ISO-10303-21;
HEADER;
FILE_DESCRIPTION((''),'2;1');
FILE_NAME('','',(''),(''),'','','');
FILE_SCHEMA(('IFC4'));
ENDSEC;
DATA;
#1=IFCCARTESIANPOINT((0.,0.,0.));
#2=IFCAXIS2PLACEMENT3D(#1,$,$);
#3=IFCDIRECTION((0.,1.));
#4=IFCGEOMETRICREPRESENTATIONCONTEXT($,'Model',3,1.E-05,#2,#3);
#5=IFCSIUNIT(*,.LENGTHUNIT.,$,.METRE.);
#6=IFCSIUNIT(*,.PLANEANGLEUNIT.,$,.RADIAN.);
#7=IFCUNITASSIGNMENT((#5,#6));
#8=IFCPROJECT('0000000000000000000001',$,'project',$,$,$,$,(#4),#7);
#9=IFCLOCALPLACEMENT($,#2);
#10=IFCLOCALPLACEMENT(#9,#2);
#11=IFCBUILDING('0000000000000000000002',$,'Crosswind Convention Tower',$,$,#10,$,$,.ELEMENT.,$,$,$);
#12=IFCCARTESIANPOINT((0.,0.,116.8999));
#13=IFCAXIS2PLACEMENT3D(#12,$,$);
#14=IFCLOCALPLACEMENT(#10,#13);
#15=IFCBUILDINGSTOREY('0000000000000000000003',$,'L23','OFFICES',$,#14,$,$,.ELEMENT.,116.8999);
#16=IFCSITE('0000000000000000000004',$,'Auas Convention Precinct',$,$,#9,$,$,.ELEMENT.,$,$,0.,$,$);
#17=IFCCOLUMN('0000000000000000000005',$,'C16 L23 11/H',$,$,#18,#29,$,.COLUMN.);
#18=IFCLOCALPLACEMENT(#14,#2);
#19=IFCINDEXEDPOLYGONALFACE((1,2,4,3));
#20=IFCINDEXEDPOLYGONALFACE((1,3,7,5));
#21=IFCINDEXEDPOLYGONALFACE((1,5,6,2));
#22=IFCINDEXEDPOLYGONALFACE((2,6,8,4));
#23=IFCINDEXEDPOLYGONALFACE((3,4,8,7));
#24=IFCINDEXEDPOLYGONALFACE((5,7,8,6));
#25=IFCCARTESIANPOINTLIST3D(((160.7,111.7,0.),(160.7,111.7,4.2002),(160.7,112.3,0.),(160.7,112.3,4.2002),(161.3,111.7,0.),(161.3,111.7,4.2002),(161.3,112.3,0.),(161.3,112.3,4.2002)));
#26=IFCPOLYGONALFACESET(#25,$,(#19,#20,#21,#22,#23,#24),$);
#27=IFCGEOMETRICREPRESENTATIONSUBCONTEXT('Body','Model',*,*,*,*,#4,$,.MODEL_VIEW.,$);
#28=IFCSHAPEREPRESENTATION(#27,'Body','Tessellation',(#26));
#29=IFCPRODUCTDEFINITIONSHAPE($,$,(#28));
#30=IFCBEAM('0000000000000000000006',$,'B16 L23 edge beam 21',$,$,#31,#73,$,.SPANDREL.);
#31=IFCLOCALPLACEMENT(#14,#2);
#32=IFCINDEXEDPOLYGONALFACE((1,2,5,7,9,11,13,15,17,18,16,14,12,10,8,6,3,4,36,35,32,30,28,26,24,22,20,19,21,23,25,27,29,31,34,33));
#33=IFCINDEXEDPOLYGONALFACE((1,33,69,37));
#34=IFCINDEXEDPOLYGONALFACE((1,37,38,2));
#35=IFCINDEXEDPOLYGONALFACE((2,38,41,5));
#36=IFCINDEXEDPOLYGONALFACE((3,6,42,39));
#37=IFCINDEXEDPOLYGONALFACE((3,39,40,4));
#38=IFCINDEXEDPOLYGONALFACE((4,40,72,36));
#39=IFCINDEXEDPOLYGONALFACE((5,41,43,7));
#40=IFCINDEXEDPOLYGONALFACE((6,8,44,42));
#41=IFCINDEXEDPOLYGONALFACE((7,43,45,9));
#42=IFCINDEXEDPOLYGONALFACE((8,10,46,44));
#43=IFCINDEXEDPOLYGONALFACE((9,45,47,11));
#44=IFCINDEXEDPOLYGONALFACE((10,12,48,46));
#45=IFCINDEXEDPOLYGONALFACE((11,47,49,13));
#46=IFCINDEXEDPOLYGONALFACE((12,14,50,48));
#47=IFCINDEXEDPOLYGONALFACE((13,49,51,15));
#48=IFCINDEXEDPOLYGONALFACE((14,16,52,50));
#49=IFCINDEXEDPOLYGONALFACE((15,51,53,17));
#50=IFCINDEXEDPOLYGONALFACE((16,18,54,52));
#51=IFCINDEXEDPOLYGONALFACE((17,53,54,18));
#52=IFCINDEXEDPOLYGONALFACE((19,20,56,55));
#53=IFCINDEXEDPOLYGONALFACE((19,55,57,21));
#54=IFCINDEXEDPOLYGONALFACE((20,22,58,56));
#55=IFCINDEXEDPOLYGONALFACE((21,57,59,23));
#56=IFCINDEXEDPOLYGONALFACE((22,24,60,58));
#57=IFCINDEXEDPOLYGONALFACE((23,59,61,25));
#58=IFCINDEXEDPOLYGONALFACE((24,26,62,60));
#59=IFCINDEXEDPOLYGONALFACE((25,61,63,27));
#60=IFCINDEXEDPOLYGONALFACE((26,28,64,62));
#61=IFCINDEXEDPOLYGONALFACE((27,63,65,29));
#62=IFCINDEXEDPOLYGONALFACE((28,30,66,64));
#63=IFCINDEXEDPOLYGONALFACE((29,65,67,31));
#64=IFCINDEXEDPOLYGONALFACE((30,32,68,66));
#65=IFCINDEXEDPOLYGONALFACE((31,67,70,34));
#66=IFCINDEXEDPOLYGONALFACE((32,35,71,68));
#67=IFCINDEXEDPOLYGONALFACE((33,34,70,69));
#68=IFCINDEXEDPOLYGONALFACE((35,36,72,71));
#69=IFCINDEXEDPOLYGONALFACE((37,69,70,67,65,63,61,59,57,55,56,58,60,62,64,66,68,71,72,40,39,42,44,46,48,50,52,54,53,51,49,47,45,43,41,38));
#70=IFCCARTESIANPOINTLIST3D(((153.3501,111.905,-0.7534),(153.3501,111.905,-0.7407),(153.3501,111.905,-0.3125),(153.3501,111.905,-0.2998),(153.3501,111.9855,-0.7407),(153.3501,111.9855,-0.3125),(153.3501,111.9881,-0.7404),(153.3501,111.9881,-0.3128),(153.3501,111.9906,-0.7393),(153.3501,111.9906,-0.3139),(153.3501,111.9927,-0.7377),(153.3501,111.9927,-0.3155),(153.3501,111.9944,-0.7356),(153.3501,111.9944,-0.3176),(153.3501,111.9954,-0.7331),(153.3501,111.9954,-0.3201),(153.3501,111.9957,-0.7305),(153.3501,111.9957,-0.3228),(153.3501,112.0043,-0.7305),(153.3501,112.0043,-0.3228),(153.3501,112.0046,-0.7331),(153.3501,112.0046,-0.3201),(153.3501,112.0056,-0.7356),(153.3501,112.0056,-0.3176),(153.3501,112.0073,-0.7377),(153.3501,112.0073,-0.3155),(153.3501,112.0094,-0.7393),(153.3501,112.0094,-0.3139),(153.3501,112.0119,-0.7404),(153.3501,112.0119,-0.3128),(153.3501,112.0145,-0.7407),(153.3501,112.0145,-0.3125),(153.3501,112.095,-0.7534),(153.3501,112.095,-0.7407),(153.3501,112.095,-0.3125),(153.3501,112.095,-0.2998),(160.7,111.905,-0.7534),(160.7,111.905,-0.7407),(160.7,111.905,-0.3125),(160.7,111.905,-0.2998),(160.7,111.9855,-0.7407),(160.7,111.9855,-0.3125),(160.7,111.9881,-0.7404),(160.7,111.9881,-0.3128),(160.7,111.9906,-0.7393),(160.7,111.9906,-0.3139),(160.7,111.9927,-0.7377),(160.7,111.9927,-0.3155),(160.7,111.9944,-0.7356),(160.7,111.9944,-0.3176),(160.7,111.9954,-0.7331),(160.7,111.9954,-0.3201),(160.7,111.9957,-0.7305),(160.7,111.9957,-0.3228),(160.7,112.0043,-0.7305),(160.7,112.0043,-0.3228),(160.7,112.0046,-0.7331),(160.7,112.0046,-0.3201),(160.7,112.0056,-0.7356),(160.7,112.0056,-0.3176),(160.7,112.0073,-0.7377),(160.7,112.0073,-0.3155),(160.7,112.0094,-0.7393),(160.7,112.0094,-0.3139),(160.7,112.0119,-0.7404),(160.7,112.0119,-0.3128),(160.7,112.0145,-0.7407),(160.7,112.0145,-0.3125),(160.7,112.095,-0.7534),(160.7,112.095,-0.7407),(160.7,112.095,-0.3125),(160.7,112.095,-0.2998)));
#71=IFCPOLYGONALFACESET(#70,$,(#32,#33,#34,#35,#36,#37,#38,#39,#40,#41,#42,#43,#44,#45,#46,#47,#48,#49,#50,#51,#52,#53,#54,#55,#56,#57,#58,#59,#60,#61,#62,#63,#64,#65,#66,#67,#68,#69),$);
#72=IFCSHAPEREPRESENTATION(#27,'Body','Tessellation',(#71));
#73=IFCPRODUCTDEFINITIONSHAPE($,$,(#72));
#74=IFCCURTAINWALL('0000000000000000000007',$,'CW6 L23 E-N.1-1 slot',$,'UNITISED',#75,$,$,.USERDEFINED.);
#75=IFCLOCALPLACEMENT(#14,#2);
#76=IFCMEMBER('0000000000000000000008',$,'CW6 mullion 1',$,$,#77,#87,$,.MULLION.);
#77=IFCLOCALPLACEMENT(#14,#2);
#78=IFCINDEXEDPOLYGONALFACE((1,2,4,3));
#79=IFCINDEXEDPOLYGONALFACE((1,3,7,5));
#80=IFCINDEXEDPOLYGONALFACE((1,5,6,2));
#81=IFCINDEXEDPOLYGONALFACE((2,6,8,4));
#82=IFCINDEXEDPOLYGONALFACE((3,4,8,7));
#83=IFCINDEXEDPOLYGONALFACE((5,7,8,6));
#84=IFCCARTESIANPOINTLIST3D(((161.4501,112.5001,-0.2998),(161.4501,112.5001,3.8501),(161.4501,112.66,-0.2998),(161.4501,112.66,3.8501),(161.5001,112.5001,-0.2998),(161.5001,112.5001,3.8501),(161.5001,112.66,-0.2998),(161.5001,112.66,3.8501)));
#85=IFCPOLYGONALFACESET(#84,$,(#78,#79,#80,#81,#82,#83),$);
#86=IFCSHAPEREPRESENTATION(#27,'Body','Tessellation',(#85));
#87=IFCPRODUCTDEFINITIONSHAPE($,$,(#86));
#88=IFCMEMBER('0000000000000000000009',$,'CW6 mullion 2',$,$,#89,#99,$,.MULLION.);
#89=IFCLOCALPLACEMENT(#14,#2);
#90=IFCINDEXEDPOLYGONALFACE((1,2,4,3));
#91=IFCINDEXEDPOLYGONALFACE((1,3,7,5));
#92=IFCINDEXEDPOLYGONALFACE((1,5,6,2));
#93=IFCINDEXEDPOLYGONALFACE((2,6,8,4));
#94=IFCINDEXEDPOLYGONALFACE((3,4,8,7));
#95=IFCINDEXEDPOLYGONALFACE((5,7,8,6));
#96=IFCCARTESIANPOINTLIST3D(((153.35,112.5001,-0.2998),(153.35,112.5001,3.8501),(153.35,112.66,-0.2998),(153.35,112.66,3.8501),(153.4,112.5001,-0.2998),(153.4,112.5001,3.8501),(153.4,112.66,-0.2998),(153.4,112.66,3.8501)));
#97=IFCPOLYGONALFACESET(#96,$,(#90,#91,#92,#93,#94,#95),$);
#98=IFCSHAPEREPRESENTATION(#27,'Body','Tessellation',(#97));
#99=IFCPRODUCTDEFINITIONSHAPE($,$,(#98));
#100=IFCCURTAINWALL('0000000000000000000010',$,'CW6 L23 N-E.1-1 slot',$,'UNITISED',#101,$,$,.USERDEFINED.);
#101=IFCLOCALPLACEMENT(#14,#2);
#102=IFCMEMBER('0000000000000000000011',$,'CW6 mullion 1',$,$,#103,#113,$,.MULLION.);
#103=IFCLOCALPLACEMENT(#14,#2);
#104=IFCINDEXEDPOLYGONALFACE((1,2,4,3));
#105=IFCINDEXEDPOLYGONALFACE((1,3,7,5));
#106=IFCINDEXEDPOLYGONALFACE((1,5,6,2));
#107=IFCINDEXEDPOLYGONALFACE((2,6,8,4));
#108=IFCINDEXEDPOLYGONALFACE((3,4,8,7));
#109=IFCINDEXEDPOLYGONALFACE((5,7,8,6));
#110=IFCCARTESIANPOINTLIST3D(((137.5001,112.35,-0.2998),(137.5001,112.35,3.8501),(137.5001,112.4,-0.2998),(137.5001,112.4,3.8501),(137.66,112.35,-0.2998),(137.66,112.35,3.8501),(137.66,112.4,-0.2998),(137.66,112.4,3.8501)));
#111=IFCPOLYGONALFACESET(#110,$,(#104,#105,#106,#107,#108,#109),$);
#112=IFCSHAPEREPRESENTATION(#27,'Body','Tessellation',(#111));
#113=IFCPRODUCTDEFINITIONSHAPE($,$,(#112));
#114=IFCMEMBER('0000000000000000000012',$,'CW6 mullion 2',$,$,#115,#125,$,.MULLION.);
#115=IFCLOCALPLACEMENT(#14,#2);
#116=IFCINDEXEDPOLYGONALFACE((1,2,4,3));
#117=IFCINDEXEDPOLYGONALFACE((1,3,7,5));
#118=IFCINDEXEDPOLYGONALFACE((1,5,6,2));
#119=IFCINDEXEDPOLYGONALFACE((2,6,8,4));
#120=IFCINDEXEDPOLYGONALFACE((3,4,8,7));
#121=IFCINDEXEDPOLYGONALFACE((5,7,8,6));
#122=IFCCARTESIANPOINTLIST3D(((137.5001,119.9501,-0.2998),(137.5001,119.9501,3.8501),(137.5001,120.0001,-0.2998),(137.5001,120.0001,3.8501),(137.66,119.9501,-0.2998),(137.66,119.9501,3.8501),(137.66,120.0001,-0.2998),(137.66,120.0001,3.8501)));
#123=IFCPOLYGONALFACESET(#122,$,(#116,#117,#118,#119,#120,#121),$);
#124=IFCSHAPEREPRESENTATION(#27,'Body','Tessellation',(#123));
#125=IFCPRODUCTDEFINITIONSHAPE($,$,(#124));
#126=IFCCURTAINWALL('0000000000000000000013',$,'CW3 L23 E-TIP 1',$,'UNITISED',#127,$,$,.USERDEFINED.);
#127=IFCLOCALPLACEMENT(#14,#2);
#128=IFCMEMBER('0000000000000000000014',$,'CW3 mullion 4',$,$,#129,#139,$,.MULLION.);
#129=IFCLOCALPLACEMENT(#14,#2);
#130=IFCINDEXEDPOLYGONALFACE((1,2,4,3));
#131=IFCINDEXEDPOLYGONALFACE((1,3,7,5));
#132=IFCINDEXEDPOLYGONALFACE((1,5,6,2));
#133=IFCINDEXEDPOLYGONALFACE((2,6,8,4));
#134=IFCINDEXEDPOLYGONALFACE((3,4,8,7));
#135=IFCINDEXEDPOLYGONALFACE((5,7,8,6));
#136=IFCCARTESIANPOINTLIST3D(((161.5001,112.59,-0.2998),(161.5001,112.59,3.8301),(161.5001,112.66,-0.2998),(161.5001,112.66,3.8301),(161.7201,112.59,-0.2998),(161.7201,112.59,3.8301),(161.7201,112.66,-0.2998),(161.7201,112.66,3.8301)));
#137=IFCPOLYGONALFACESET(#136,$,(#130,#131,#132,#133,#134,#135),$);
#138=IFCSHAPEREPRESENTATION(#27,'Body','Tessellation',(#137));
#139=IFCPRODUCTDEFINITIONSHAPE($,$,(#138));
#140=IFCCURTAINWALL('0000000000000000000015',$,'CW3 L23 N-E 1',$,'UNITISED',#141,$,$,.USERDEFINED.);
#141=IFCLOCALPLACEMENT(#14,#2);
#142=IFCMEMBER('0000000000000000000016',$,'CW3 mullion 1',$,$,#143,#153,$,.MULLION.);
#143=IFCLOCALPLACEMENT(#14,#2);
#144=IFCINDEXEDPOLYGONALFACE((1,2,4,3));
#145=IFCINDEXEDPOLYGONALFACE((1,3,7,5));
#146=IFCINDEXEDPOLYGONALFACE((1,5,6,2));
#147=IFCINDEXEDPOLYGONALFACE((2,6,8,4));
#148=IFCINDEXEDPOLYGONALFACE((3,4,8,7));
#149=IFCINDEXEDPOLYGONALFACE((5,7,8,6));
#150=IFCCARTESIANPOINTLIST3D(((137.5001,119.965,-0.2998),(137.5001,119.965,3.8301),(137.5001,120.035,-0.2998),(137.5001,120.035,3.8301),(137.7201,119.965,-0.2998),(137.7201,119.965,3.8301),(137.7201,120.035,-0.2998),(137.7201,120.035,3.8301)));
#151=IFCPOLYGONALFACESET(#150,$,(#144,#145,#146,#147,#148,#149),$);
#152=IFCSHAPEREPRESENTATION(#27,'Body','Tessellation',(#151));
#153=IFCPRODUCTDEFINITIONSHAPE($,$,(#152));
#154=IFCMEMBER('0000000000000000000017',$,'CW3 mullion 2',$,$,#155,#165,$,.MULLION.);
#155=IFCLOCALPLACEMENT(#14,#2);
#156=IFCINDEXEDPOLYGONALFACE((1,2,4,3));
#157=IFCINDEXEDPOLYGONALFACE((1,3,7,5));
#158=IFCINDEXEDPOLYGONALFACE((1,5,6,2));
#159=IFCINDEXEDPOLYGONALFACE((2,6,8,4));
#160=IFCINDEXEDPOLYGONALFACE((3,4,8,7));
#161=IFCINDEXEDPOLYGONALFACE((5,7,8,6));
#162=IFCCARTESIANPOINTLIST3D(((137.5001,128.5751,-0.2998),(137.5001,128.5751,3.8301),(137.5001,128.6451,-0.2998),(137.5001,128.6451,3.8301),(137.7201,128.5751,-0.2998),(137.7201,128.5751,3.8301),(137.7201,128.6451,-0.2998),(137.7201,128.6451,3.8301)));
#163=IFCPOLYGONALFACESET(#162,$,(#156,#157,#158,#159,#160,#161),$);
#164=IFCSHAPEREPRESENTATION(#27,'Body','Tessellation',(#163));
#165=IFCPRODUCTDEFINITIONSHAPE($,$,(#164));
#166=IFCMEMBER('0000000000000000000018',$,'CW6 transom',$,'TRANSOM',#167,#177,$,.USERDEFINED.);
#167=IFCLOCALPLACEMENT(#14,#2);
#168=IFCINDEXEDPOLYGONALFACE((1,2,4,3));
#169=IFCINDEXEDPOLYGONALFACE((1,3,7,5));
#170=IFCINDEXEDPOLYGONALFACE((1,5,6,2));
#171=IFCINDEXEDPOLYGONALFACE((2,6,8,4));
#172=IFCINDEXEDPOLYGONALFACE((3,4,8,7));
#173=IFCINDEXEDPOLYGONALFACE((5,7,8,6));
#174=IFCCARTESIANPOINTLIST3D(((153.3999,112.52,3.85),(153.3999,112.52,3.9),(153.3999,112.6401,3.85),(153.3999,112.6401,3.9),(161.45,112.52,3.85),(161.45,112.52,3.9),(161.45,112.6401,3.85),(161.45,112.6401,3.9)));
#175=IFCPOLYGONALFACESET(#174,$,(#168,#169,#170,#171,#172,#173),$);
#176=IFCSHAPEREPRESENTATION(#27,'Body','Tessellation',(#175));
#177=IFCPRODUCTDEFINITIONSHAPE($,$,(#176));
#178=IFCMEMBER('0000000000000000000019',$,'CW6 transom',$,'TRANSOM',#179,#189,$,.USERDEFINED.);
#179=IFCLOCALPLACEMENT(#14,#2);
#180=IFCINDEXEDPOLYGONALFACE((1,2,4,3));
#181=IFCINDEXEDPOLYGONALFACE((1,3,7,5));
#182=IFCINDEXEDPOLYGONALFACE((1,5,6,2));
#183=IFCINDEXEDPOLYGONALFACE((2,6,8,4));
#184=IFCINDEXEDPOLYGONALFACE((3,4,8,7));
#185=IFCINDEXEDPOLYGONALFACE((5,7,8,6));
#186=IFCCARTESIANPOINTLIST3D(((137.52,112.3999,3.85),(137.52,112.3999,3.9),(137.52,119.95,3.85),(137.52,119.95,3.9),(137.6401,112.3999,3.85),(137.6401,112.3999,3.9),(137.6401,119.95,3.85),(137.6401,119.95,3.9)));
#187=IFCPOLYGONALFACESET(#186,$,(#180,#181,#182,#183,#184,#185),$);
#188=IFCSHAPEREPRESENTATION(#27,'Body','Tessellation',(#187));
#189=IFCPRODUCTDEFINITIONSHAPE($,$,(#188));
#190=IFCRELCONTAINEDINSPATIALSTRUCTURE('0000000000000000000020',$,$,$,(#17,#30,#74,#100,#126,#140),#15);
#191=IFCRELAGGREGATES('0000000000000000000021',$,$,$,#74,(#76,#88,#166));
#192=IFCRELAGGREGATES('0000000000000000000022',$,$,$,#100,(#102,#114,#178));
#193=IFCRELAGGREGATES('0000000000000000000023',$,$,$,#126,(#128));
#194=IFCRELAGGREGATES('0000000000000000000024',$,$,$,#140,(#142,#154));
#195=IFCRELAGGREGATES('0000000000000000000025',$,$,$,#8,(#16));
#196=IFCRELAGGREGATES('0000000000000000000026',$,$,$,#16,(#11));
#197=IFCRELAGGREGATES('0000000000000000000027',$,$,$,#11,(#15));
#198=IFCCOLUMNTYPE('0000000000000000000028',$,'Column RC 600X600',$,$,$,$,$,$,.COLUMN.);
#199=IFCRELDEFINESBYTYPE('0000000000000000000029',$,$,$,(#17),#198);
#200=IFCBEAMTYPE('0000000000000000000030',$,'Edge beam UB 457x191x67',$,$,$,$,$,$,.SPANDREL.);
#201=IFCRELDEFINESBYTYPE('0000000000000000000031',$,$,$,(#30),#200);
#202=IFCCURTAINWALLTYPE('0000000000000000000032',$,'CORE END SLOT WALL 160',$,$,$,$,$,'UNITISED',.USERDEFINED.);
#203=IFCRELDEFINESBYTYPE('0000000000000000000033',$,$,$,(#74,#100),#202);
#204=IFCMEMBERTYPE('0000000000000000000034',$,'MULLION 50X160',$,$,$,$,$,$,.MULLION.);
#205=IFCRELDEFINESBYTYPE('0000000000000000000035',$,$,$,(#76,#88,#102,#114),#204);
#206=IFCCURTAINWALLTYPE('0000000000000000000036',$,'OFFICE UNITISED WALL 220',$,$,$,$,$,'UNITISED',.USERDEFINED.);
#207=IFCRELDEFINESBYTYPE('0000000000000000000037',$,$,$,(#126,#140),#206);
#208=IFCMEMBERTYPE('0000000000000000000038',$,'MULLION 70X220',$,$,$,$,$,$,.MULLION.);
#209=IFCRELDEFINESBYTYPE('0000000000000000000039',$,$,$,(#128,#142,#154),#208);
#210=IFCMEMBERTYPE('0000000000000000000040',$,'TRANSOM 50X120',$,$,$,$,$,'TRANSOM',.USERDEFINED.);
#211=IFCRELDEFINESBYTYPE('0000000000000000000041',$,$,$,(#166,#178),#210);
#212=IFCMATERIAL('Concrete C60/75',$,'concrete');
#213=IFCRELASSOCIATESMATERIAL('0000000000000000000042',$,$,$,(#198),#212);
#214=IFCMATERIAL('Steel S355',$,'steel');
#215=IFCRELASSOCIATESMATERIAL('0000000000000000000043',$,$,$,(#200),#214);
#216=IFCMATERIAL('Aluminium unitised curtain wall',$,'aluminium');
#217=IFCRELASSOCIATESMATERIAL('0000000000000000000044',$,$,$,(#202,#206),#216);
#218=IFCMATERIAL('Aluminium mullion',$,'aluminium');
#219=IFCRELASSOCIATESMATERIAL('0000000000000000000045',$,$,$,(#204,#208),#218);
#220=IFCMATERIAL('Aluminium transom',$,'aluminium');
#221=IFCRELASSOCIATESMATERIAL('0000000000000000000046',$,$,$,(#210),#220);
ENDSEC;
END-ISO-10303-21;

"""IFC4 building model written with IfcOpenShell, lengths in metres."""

from ifc_helpers import new_model, si_unit, direction, frame, origin, origin_2d, place, context, subcontext, project, spatial, rectangle, i_section, extrude, material, material_profile, profile_set, type_object, element, aggregate, save


model = new_model("IFC4")

# Units and contexts
model_context = context("Model", 3, precision=1e-05, world=origin(), true_north=direction((0.0, 1.0)))
body_context = subcontext(model_context, "Body", "Model", "MODEL_VIEW")
ifc_project = project(units=[si_unit("LENGTHUNIT", "METRE"), si_unit("PLANEANGLEUNIT", "RADIAN")], contexts=[model_context])

# Site, building, storey
site_placement = place(None, origin())
site = spatial("IfcSite", under=ifc_project, at=site_placement, Name="Auas Convention Precinct", CompositionType="ELEMENT", RefElevation=0.0)
building_placement = place(site_placement, origin())
building = spatial("IfcBuilding", under=site, at=building_placement, Name="Crosswind Convention Tower", CompositionType="ELEMENT")
storey_placement = place(building_placement, frame((0.0, 0.0, 116.8999)))
storey = spatial("IfcBuildingStorey", under=building, at=storey_placement, Name="L23", Description="OFFICES", CompositionType="ELEMENT", Elevation=116.8999)

# Column
ifc_material_1 = material(Name="Concrete C60/75", Category="concrete")
ifc_material_profile_1 = material_profile(ifc_material_1, rectangle(XDim=0.6001, YDim=0.6001, at=origin_2d()), Name="RC 600X600")
ifc_profile_set_1 = profile_set([ifc_material_profile_1], Name="Concrete C60/75")
column_type = type_object("IfcColumnType", Name="Column RC 600X600", PredefinedType="COLUMN", material=ifc_profile_set_1)
column_placement = place(storey_placement, frame((161.0, 112.0, 0.0), z_axis=(0.0, 0.0, 1.0), x_axis=(1.0, 0.0, 0.0)))
element("IfcColumn", 1, at=column_placement, inside=storey, type_object=column_type, Name="C16 L23 11/H", PredefinedType="COLUMN", context=body_context, shape_type="SweptSolid", body=[
    extrude(rectangle(XDim=0.6001, YDim=0.6001, at=origin_2d()), origin(), (0.0, 0.0, 1.0), 4.2002),
])

# Beam
ifc_material_2 = material(Name="Steel S355", Category="steel")
ifc_material_profile_2 = material_profile(ifc_material_2, i_section(OverallWidth=0.1899, OverallDepth=0.4536, WebThickness=0.0085, FlangeThickness=0.0127, FilletRadius=0.0103, at=origin_2d()), Name="UB 457x191x67")
ifc_profile_set_2 = profile_set([ifc_material_profile_2], Name="Steel S355")
beam_type = type_object("IfcBeamType", Name="Edge beam UB 457x191x67", PredefinedType="SPANDREL", material=ifc_profile_set_2)
beam_placement = place(storey_placement, frame((153.3501, 112.0, -0.5266), z_axis=(1.0, 0.0, 0.0), x_axis=(0.0, 1.0, 0.0)))
element("IfcBeam", 2, at=beam_placement, inside=storey, type_object=beam_type, Name="B16 L23 edge beam 21", PredefinedType="SPANDREL", context=body_context, shape_type="SweptSolid", body=[
    extrude(i_section(OverallWidth=0.1899, OverallDepth=0.4536, WebThickness=0.0085, FlangeThickness=0.0127, FilletRadius=0.0103, at=origin_2d()), origin(), (0.0, 0.0, 1.0), 7.3499),
])

# Curtain walls, members
ifc_material_3 = material(Name="Aluminium unitised curtain wall", Category="aluminium")
curtain_wall_type_1 = type_object("IfcCurtainWallType", Name="CORE END SLOT WALL 160", ElementType="UNITISED", PredefinedType="USERDEFINED", material=ifc_material_3)
curtain_wall_1_placement = place(storey_placement, origin())
curtain_wall_1 = element("IfcCurtainWall", 3, at=curtain_wall_1_placement, inside=storey, type_object=curtain_wall_type_1, Name="CW6 L23 E-N.1-1 slot", ObjectType="UNITISED", PredefinedType="USERDEFINED")
ifc_material_4 = material(Name="Aluminium mullion", Category="aluminium")
ifc_material_profile_3 = material_profile(ifc_material_4, rectangle(XDim=0.1599, YDim=0.05, at=origin_2d()), Name="AL 160X50")
ifc_profile_set_3 = profile_set([ifc_material_profile_3], Name="Aluminium mullion")
member_type_1 = type_object("IfcMemberType", Name="MULLION 50X160", PredefinedType="MULLION", material=ifc_profile_set_3)
member_1_placement = place(storey_placement, frame((161.4751, 112.5801, -0.2998), z_axis=(0.0, 0.0, 1.0), x_axis=(0.0, 1.0, 0.0)))
member_1 = element("IfcMember", 4, at=member_1_placement, type_object=member_type_1, Name="CW6 mullion 1", PredefinedType="MULLION", context=body_context, shape_type="SweptSolid", body=[
    extrude(rectangle(XDim=0.1599, YDim=0.05, at=origin_2d()), origin(), (0.0, 0.0, 1.0), 4.1499),
])
member_2_placement = place(storey_placement, frame((153.375, 112.5801, -0.2998), z_axis=(0.0, 0.0, 1.0), x_axis=(0.0, 1.0, 0.0)))
member_2 = element("IfcMember", 5, at=member_2_placement, type_object=member_type_1, Name="CW6 mullion 2", PredefinedType="MULLION", context=body_context, shape_type="SweptSolid", body=[
    extrude(rectangle(XDim=0.1599, YDim=0.05, at=origin_2d()), origin(), (0.0, 0.0, 1.0), 4.1499),
])
curtain_wall_2_placement = place(storey_placement, origin())
curtain_wall_2 = element("IfcCurtainWall", 6, at=curtain_wall_2_placement, inside=storey, type_object=curtain_wall_type_1, Name="CW6 L23 N-E.1-1 slot", ObjectType="UNITISED", PredefinedType="USERDEFINED")
member_3_placement = place(storey_placement, frame((137.5801, 112.375, -0.2998), z_axis=(0.0, 0.0, 1.0), x_axis=(1.0, 0.0, 0.0)))
member_3 = element("IfcMember", 7, at=member_3_placement, type_object=member_type_1, Name="CW6 mullion 1", PredefinedType="MULLION", context=body_context, shape_type="SweptSolid", body=[
    extrude(rectangle(XDim=0.1599, YDim=0.05, at=origin_2d()), origin(), (0.0, 0.0, 1.0), 4.1499),
])
member_4_placement = place(storey_placement, frame((137.5801, 119.9751, -0.2998), z_axis=(0.0, 0.0, 1.0), x_axis=(1.0, 0.0, 0.0)))
member_4 = element("IfcMember", 8, at=member_4_placement, type_object=member_type_1, Name="CW6 mullion 2", PredefinedType="MULLION", context=body_context, shape_type="SweptSolid", body=[
    extrude(rectangle(XDim=0.1599, YDim=0.05, at=origin_2d()), origin(), (0.0, 0.0, 1.0), 4.1499),
])

# Curtain wall, member
curtain_wall_type_2 = type_object("IfcCurtainWallType", Name="OFFICE UNITISED WALL 220", ElementType="UNITISED", PredefinedType="USERDEFINED", material=ifc_material_3)
curtain_wall_3_placement = place(storey_placement, origin())
curtain_wall_3 = element("IfcCurtainWall", 9, at=curtain_wall_3_placement, inside=storey, type_object=curtain_wall_type_2, Name="CW3 L23 E-TIP 1", ObjectType="UNITISED", PredefinedType="USERDEFINED")
ifc_material_profile_4 = material_profile(ifc_material_4, rectangle(XDim=0.22, YDim=0.0701, at=origin_2d()), Name="AL 220X70")
ifc_profile_set_4 = profile_set([ifc_material_profile_4], Name="Aluminium mullion")
member_type_2 = type_object("IfcMemberType", Name="MULLION 70X220", PredefinedType="MULLION", material=ifc_profile_set_4)
member_5_placement = place(storey_placement, frame((161.6101, 112.625, -0.2998), z_axis=(0.0, 0.0, 1.0), x_axis=(1.0, 0.0, 0.0)))
member_5 = element("IfcMember", 10, at=member_5_placement, type_object=member_type_2, Name="CW3 mullion 4", PredefinedType="MULLION", context=body_context, shape_type="SweptSolid", body=[
    extrude(rectangle(XDim=0.22, YDim=0.0701, at=origin_2d()), origin(), (0.0, 0.0, 1.0), 4.1299),
])

# Curtain wall, members
curtain_wall_4_placement = place(storey_placement, origin())
curtain_wall_4 = element("IfcCurtainWall", 11, at=curtain_wall_4_placement, inside=storey, type_object=curtain_wall_type_2, Name="CW3 L23 N-E 1", ObjectType="UNITISED", PredefinedType="USERDEFINED")
member_6_placement = place(storey_placement, frame((137.6101, 120.0, -0.2998), z_axis=(0.0, 0.0, 1.0), x_axis=(1.0, 0.0, 0.0)))
member_6 = element("IfcMember", 12, at=member_6_placement, type_object=member_type_2, Name="CW3 mullion 1", PredefinedType="MULLION", context=body_context, shape_type="SweptSolid", body=[
    extrude(rectangle(XDim=0.22, YDim=0.0701, at=origin_2d()), origin(), (0.0, 0.0, 1.0), 4.1299),
])
member_7_placement = place(storey_placement, frame((137.6101, 128.6101, -0.2998), z_axis=(0.0, 0.0, 1.0), x_axis=(1.0, 0.0, 0.0)))
member_7 = element("IfcMember", 13, at=member_7_placement, type_object=member_type_2, Name="CW3 mullion 2", PredefinedType="MULLION", context=body_context, shape_type="SweptSolid", body=[
    extrude(rectangle(XDim=0.22, YDim=0.0701, at=origin_2d()), origin(), (0.0, 0.0, 1.0), 4.1299),
])

# Members
ifc_material_5 = material(Name="Aluminium transom", Category="aluminium")
ifc_material_profile_5 = material_profile(ifc_material_5, rectangle(XDim=0.1201, YDim=0.05, at=origin_2d()), Name="AL 120X50")
ifc_profile_set_5 = profile_set([ifc_material_profile_5], Name="Aluminium transom")
member_type_3 = type_object("IfcMemberType", Name="TRANSOM 50X120", ElementType="TRANSOM", PredefinedType="USERDEFINED", material=ifc_profile_set_5)
member_8_placement = place(storey_placement, frame((161.45, 112.5801, 3.875), z_axis=(-1.0, 0.0, 0.0), x_axis=(0.0, -1.0, 0.0)))
member_8 = element("IfcMember", 14, at=member_8_placement, type_object=member_type_3, Name="CW6 transom", ObjectType="TRANSOM", PredefinedType="USERDEFINED", context=body_context, shape_type="SweptSolid", body=[
    extrude(rectangle(XDim=0.1201, YDim=0.05, at=origin_2d()), origin(), (0.0, 0.0, 1.0), 8.05),
])
member_9_placement = place(storey_placement, frame((137.5801, 112.3999, 3.875), z_axis=(0.0, 1.0, 0.0), x_axis=(-1.0, 0.0, 0.0)))
member_9 = element("IfcMember", 15, at=member_9_placement, type_object=member_type_3, Name="CW6 transom", ObjectType="TRANSOM", PredefinedType="USERDEFINED", context=body_context, shape_type="SweptSolid", body=[
    extrude(rectangle(XDim=0.1201, YDim=0.05, at=origin_2d()), origin(), (0.0, 0.0, 1.0), 7.55),
])

aggregate(curtain_wall_1, [member_1, member_2, member_8])
aggregate(curtain_wall_2, [member_3, member_4, member_9])
aggregate(curtain_wall_3, [member_5])

aggregate(curtain_wall_4, [member_6, member_7])

save(model, "model.ifc")
